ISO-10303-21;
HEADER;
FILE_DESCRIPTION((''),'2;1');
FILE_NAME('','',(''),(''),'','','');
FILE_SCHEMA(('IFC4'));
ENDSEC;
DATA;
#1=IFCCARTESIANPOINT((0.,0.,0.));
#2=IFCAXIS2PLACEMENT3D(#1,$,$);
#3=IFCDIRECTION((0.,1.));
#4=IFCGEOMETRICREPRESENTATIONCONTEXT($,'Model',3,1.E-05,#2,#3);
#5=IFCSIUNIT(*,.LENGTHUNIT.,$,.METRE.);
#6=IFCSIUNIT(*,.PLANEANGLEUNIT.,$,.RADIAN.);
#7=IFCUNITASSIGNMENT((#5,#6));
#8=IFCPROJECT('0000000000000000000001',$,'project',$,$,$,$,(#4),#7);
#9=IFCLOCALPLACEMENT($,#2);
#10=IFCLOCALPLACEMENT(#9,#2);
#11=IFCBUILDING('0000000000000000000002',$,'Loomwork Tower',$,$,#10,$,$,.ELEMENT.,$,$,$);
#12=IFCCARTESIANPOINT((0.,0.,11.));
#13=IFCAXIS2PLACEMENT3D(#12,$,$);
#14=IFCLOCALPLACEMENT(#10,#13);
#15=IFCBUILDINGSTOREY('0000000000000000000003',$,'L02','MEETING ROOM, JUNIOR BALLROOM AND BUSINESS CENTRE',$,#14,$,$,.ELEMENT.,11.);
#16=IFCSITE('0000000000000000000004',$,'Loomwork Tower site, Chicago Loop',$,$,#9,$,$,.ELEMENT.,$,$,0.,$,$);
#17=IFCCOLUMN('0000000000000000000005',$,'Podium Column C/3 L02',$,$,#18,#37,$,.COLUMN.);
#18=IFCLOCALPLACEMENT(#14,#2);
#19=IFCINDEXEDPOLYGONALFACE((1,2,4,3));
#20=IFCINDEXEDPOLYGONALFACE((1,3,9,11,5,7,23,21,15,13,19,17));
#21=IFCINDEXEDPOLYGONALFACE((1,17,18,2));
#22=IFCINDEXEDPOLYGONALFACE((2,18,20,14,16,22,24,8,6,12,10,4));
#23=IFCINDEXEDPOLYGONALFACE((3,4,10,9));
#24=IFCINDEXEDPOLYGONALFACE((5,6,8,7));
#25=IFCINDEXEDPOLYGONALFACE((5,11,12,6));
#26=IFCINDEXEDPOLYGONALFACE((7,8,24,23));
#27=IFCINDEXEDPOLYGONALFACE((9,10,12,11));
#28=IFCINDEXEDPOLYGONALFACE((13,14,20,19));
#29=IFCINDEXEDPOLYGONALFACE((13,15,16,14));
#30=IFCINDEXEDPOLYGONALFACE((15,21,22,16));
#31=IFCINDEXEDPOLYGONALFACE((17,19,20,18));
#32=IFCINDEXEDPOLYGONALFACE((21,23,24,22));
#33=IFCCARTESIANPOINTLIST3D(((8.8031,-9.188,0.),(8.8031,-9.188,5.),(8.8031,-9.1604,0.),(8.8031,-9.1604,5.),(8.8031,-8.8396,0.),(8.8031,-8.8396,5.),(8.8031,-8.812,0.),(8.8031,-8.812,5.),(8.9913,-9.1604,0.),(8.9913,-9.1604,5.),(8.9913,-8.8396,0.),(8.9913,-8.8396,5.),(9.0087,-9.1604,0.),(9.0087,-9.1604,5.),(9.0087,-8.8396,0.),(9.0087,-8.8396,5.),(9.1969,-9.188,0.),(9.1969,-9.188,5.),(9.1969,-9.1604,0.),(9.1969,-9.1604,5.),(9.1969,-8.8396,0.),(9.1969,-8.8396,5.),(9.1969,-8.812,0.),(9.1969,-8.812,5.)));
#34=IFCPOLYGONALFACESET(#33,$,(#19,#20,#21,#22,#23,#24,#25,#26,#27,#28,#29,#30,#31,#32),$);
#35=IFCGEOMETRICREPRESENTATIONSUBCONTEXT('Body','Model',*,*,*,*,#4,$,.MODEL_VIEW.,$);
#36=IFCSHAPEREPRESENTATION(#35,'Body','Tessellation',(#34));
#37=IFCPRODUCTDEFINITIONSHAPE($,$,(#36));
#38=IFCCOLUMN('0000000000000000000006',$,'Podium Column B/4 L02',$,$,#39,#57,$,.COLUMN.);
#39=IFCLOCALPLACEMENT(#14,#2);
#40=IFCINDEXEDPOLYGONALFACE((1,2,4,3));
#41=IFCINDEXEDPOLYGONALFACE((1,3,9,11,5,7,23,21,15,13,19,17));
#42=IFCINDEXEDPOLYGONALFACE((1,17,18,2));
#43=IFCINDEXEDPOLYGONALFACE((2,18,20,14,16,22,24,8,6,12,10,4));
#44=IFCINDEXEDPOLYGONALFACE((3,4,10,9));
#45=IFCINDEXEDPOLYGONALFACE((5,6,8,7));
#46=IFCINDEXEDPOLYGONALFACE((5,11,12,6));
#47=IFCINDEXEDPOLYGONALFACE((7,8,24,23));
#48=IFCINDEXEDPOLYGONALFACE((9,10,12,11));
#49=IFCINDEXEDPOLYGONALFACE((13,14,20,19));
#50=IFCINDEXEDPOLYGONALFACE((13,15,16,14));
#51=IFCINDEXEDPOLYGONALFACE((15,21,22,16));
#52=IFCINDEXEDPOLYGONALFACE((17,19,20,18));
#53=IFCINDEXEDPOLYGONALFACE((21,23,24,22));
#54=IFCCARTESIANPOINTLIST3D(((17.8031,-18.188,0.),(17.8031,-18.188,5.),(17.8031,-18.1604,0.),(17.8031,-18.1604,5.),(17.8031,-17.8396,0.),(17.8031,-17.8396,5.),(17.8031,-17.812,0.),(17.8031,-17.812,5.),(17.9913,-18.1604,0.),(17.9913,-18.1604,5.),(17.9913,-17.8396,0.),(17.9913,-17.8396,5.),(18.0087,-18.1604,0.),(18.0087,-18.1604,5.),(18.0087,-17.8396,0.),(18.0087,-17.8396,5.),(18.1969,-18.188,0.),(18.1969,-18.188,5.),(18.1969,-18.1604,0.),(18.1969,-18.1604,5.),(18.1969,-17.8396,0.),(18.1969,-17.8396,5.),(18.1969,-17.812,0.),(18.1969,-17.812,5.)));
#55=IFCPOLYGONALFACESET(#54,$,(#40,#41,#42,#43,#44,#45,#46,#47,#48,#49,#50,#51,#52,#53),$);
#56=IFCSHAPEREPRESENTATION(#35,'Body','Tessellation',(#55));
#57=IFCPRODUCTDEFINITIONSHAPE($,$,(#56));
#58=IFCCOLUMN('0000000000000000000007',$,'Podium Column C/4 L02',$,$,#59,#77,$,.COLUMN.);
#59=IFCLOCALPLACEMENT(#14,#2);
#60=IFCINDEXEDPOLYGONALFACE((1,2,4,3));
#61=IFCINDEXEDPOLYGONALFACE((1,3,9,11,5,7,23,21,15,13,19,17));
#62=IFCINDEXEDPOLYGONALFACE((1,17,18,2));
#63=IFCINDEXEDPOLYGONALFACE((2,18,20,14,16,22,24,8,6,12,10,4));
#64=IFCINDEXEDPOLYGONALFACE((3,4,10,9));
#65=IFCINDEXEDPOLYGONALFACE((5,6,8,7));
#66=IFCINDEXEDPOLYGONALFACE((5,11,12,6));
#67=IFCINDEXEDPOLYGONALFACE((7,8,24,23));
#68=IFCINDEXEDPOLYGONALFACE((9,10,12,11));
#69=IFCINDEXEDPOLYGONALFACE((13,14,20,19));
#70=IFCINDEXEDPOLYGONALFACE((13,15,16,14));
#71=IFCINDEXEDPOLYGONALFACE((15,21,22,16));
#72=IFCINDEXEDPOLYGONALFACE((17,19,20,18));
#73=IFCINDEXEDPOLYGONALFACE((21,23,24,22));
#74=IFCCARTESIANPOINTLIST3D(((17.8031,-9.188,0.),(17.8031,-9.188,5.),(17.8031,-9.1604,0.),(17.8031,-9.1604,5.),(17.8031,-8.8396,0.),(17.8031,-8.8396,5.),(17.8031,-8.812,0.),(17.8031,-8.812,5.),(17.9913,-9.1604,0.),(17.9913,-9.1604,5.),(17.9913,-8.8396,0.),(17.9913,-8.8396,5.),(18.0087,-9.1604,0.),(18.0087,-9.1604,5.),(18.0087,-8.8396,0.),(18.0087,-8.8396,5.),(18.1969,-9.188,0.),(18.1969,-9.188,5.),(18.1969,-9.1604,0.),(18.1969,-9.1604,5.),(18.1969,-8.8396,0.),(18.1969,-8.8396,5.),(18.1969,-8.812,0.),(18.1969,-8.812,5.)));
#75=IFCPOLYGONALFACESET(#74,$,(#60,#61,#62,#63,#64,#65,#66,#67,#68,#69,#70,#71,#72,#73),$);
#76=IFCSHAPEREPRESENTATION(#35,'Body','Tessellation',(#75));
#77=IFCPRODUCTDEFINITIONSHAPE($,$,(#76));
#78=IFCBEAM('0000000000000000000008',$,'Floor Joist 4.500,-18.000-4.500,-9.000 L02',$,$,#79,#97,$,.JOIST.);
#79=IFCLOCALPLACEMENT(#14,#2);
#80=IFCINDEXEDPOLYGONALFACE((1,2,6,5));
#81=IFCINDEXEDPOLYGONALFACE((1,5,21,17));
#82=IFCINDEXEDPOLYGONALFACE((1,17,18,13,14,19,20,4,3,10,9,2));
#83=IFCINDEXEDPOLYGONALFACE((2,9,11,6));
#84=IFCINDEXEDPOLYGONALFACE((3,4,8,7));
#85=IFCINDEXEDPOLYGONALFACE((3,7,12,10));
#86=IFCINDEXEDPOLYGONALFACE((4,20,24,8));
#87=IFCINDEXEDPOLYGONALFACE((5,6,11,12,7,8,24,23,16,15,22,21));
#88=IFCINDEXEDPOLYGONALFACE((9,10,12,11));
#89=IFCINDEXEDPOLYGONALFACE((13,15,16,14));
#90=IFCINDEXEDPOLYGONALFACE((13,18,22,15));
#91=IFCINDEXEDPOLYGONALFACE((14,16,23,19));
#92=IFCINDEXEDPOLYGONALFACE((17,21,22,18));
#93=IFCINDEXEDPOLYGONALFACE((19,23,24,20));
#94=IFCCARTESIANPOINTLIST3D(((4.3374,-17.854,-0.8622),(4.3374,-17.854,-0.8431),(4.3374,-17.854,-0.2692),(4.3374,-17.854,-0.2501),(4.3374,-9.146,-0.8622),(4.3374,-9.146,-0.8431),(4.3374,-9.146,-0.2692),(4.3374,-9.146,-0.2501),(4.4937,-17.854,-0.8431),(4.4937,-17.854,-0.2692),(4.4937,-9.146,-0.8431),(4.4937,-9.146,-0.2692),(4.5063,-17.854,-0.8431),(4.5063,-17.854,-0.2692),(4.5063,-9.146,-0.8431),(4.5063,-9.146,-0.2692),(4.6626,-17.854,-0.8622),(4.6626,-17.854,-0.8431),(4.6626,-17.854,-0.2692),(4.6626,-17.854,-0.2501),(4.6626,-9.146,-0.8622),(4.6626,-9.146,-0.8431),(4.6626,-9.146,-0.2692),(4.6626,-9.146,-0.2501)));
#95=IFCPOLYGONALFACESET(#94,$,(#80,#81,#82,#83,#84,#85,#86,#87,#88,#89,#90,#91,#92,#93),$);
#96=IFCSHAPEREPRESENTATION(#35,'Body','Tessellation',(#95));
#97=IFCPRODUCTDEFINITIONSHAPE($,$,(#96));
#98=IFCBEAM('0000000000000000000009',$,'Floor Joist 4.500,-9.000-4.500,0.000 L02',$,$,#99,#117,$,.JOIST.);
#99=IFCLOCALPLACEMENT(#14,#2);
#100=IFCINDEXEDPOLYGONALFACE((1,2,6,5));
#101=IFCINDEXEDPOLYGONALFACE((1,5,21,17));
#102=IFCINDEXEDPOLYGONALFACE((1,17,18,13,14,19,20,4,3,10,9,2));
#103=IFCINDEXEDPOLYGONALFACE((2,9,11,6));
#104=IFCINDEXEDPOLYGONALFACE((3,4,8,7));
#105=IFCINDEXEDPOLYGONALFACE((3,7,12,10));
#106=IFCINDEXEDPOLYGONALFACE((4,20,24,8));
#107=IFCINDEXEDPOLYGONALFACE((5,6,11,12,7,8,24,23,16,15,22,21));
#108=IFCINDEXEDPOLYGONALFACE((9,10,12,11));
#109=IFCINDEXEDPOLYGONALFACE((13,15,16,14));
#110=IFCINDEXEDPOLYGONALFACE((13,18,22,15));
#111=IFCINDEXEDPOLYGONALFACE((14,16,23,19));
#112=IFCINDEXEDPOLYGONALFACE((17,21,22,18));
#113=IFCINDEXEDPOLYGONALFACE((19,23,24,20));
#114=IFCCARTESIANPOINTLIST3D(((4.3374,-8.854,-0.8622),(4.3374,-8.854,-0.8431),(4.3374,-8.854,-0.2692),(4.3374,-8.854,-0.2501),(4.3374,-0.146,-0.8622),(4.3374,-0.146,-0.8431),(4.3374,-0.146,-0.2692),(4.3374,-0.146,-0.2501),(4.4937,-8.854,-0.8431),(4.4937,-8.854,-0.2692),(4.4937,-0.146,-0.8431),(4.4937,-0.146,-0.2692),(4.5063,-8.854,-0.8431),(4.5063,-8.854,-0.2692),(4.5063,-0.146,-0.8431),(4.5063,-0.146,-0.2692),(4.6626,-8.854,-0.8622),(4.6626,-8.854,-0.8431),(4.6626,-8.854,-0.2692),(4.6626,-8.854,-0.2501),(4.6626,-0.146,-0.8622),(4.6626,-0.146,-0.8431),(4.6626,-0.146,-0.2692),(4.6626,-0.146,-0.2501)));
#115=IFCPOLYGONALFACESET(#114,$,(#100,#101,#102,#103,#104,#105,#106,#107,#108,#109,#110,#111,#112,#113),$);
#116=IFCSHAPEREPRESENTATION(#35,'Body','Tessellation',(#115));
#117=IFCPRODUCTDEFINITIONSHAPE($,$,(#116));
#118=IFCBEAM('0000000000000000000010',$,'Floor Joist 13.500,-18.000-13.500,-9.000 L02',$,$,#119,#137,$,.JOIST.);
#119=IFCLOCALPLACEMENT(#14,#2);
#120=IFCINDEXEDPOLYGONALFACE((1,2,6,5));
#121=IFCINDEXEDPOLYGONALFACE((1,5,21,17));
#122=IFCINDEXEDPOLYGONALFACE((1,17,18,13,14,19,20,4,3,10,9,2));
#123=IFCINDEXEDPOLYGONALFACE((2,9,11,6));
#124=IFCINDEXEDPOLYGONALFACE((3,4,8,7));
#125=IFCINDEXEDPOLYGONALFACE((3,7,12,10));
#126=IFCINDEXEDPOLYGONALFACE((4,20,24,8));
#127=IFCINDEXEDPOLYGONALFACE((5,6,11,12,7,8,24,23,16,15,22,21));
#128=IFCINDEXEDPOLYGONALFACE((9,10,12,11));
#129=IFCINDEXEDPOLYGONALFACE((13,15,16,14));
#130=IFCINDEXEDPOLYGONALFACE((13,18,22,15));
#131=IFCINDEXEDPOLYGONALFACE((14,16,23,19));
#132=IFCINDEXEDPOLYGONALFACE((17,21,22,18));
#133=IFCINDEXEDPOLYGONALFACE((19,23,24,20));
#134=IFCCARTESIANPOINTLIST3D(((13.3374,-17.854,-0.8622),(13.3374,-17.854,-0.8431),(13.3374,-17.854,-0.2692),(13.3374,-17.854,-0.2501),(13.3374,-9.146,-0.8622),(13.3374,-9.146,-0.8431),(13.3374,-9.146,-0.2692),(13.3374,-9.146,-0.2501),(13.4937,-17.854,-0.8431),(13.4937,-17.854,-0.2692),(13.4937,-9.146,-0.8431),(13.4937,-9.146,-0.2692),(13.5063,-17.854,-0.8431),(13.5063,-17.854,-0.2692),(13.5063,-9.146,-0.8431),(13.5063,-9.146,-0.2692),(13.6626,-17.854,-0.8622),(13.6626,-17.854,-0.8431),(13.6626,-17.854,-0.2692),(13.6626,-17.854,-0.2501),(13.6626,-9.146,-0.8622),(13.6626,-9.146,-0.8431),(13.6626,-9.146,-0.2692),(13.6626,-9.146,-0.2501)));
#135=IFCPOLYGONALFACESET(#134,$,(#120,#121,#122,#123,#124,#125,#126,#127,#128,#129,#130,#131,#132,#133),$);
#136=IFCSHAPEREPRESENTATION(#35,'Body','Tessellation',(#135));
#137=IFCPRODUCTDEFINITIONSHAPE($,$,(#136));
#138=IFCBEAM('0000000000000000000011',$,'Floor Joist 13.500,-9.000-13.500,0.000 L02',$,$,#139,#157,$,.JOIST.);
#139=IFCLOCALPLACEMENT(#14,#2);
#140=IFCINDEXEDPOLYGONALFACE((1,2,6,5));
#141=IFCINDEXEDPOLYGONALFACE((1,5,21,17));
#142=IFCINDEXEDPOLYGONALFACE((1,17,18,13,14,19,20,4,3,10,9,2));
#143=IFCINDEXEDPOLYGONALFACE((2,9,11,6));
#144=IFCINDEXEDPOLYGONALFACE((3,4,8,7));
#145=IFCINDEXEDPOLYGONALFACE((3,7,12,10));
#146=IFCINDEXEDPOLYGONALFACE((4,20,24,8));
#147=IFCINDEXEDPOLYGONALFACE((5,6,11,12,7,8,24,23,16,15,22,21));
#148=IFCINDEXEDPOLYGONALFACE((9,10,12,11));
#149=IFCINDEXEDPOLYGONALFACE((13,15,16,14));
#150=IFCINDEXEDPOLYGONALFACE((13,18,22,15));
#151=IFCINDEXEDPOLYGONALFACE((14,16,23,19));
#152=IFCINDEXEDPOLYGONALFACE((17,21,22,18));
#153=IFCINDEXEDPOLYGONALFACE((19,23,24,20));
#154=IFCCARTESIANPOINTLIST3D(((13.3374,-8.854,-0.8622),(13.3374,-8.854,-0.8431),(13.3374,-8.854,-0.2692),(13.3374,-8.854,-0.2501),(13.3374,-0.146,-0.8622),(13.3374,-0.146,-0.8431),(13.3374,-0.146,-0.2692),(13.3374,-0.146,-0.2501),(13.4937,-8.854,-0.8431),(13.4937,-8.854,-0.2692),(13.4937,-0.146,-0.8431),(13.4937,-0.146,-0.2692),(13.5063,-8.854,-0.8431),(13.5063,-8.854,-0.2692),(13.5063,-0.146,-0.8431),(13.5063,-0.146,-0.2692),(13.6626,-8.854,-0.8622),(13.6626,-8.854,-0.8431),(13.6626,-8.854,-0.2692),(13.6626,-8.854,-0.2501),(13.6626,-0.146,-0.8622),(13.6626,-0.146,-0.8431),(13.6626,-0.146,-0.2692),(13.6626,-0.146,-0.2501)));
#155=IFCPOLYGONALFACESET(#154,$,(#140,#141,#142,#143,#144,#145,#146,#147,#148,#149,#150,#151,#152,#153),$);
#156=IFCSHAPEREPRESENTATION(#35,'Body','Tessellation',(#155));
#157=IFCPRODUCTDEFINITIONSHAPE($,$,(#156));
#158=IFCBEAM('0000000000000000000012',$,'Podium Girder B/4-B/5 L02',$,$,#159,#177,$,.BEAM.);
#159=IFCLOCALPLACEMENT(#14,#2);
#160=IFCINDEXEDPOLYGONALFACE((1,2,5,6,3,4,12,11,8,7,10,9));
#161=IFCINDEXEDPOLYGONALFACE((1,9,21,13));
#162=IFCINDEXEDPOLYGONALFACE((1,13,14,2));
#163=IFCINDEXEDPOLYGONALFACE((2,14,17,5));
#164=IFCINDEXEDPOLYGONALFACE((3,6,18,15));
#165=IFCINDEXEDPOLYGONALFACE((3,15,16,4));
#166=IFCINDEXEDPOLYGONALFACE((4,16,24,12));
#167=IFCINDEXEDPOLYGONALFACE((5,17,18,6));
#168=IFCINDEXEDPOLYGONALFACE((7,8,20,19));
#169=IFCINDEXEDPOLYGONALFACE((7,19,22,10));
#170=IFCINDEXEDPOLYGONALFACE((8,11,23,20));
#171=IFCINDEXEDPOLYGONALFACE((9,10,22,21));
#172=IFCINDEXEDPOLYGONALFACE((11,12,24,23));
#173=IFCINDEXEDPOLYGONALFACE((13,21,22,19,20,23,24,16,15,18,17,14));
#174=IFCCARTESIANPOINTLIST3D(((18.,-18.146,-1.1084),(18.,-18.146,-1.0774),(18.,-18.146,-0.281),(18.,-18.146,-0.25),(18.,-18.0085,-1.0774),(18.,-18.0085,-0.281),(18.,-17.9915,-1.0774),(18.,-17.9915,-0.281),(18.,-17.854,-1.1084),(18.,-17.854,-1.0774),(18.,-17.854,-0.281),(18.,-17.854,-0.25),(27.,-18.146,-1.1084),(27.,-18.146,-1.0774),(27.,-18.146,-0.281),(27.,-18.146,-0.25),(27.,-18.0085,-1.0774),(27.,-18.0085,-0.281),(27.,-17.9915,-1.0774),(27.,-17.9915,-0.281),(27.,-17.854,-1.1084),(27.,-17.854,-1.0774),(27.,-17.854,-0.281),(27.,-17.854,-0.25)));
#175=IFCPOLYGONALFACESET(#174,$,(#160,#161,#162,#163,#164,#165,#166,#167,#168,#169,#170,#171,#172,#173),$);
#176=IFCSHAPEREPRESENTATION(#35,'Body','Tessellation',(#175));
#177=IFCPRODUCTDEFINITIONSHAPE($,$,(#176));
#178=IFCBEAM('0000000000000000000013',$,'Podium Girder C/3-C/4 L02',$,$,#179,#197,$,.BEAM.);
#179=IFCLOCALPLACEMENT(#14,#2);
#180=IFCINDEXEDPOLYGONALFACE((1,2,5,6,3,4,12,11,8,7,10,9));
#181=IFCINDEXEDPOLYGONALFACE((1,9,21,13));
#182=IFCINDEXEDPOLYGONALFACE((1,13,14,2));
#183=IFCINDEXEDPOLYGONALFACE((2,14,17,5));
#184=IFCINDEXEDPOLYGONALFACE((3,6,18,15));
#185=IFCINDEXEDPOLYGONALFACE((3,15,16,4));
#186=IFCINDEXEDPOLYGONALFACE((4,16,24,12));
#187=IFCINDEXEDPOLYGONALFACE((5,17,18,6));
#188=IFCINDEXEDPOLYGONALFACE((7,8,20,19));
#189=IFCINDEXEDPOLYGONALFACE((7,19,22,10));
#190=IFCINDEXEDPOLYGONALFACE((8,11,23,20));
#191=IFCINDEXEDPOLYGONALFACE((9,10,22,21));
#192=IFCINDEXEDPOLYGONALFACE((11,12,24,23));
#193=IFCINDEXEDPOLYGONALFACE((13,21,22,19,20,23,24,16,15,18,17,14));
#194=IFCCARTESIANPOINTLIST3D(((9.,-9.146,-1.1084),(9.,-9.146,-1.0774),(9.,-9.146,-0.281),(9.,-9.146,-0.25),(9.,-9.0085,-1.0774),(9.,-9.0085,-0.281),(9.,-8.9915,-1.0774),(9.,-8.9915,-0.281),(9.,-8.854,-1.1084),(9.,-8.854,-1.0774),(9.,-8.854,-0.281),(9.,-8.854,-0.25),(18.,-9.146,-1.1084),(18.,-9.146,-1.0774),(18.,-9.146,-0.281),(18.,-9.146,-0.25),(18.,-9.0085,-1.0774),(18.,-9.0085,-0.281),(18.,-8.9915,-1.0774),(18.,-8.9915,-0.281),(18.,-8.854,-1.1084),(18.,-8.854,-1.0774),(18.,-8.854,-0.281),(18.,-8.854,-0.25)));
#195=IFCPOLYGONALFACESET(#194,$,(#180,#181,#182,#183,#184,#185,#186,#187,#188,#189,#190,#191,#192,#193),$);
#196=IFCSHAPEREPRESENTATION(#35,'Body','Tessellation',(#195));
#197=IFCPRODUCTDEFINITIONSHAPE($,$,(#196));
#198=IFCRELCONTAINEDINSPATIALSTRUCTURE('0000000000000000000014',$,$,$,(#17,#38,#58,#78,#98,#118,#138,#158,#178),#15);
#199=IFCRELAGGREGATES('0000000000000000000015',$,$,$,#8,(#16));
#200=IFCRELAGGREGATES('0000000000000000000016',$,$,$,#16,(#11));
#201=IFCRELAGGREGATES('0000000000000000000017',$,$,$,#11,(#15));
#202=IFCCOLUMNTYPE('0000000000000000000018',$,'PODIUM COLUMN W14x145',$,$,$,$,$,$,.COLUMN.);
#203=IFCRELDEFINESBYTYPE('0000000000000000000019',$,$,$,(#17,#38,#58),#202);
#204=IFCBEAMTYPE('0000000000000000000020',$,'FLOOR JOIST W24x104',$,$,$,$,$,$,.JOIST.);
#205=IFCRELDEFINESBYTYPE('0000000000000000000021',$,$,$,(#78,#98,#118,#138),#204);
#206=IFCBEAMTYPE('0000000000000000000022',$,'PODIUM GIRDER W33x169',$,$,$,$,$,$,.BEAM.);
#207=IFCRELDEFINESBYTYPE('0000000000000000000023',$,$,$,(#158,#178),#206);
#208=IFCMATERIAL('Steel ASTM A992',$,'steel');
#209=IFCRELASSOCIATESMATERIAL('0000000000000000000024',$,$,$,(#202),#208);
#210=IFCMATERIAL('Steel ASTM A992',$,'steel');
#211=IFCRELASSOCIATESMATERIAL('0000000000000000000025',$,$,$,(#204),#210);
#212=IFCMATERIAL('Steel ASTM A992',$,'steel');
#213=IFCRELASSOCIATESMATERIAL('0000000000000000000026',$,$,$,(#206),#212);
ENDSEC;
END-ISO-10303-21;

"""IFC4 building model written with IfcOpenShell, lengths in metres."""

from ifc_helpers import new_model, si_unit, direction, frame, origin, origin_2d, place, context, subcontext, project, spatial, i_section, extrude, material, material_profile, profile_set, type_object, element, save


model = new_model("IFC4")

# Units and contexts
model_context = context("Model", 3, precision=1e-05, world=origin(), true_north=direction((0.0, 1.0)))
body_context = subcontext(model_context, "Body", "Model", "MODEL_VIEW")
ifc_project = project(units=[si_unit("LENGTHUNIT", "METRE"), si_unit("PLANEANGLEUNIT", "RADIAN")], contexts=[model_context])

# Site, building, storey
site_placement = place(None, origin())
site = spatial("IfcSite", under=ifc_project, at=site_placement, Name="Loomwork Tower site, Chicago Loop", CompositionType="ELEMENT", RefElevation=0.0)
building_placement = place(site_placement, origin())
building = spatial("IfcBuilding", under=site, at=building_placement, Name="Loomwork Tower", CompositionType="ELEMENT")
storey_placement = place(building_placement, frame((0.0, 0.0, 11.0)))
storey = spatial("IfcBuildingStorey", under=building, at=storey_placement, Name="L02", Description="MEETING ROOM, JUNIOR BALLROOM AND BUSINESS CENTRE", CompositionType="ELEMENT", Elevation=11.0)

# Columns
ifc_material_1 = material(Name="Steel ASTM A992", Category="steel")
ifc_material_profile_1 = material_profile(ifc_material_1, i_section(OverallWidth=0.3938, OverallDepth=0.376, WebThickness=0.0173, FlangeThickness=0.0276, at=origin_2d()), Name="W14x145")
ifc_profile_set_1 = profile_set([ifc_material_profile_1], Name="Steel ASTM A992")
column_type = type_object("IfcColumnType", Name="PODIUM COLUMN W14x145", PredefinedType="COLUMN", material=ifc_profile_set_1)
for number, where, z_axis, x_axis, name in (
    (1, (9.0, -9.0, 0.0), (0.0, 0.0, 1.0), (1.0, 0.0, 0.0), "Podium Column C/3 L02"),
    (2, (18.0, -18.0, 0.0), (0.0, 0.0, 1.0), (1.0, 0.0, 0.0), "Podium Column B/4 L02"),
    (3, (18.0, -9.0, 0.0), (0.0, 0.0, 1.0), (1.0, 0.0, 0.0), "Podium Column C/4 L02"),
):
    element("IfcColumn", number, at=place(storey_placement, frame(where, z_axis=z_axis, x_axis=x_axis)), inside=storey, type_object=column_type, Name=name, PredefinedType="COLUMN", context=body_context, shape_type="SweptSolid", body=[
        extrude(i_section(OverallWidth=0.3938, OverallDepth=0.376, WebThickness=0.0173, FlangeThickness=0.0276, at=origin_2d()), origin(), (0.0, 0.0, 1.0), 5.0),
    ])

# Beams
ifc_material_2 = material(Name="Steel ASTM A992", Category="steel")
ifc_material_profile_2 = material_profile(ifc_material_2, i_section(OverallWidth=0.3252, OverallDepth=0.6121, WebThickness=0.0127, FlangeThickness=0.019, at=origin_2d()), Name="W24x104")
ifc_profile_set_2 = profile_set([ifc_material_profile_2], Name="Steel ASTM A992")
beam_type_1 = type_object("IfcBeamType", Name="FLOOR JOIST W24x104", PredefinedType="JOIST", material=ifc_profile_set_2)
for number, where, z_axis, x_axis, name in (
    (4, (4.5, -17.854, -0.5562), (0.0, 1.0, 0.0), (-1.0, 0.0, 0.0), "Floor Joist 4.500,-18.000-4.500,-9.000 L02"),
    (5, (4.5, -8.854, -0.5562), (0.0, 1.0, 0.0), (-1.0, 0.0, 0.0), "Floor Joist 4.500,-9.000-4.500,0.000 L02"),
    (6, (13.5, -17.854, -0.5562), (0.0, 1.0, 0.0), (-1.0, 0.0, 0.0), "Floor Joist 13.500,-18.000-13.500,-9.000 L02"),
    (7, (13.5, -8.854, -0.5562), (0.0, 1.0, 0.0), (-1.0, 0.0, 0.0), "Floor Joist 13.500,-9.000-13.500,0.000 L02"),
):
    element("IfcBeam", number, at=place(storey_placement, frame(where, z_axis=z_axis, x_axis=x_axis)), inside=storey, type_object=beam_type_1, Name=name, PredefinedType="JOIST", context=body_context, shape_type="SweptSolid", body=[
        extrude(i_section(OverallWidth=0.3252, OverallDepth=0.6121, WebThickness=0.0127, FlangeThickness=0.019, at=origin_2d()), origin(), (0.0, 0.0, 1.0), 8.708),
    ])
ifc_material_3 = material(Name="Steel ASTM A992", Category="steel")
ifc_material_profile_3 = material_profile(ifc_material_3, i_section(OverallWidth=0.292, OverallDepth=0.8584, WebThickness=0.0171, FlangeThickness=0.031, at=origin_2d()), Name="W33x169")
ifc_profile_set_3 = profile_set([ifc_material_profile_3], Name="Steel ASTM A992")
beam_type_2 = type_object("IfcBeamType", Name="PODIUM GIRDER W33x169", PredefinedType="BEAM", material=ifc_profile_set_3)
for number, where, z_axis, x_axis, name in (
    (8, (18.0, -18.0, -0.6792), (1.0, 0.0, 0.0), (0.0, 1.0, 0.0), "Podium Girder B/4-B/5 L02"),
    (9, (9.0, -9.0, -0.6792), (1.0, 0.0, 0.0), (0.0, 1.0, 0.0), "Podium Girder C/3-C/4 L02"),
):
    element("IfcBeam", number, at=place(storey_placement, frame(where, z_axis=z_axis, x_axis=x_axis)), inside=storey, type_object=beam_type_2, Name=name, PredefinedType="BEAM", context=body_context, shape_type="SweptSolid", body=[
        extrude(i_section(OverallWidth=0.292, OverallDepth=0.8584, WebThickness=0.0171, FlangeThickness=0.031, at=origin_2d()), origin(), (0.0, 0.0, 1.0), 9.0),
    ])

save(model, "model.ifc")
